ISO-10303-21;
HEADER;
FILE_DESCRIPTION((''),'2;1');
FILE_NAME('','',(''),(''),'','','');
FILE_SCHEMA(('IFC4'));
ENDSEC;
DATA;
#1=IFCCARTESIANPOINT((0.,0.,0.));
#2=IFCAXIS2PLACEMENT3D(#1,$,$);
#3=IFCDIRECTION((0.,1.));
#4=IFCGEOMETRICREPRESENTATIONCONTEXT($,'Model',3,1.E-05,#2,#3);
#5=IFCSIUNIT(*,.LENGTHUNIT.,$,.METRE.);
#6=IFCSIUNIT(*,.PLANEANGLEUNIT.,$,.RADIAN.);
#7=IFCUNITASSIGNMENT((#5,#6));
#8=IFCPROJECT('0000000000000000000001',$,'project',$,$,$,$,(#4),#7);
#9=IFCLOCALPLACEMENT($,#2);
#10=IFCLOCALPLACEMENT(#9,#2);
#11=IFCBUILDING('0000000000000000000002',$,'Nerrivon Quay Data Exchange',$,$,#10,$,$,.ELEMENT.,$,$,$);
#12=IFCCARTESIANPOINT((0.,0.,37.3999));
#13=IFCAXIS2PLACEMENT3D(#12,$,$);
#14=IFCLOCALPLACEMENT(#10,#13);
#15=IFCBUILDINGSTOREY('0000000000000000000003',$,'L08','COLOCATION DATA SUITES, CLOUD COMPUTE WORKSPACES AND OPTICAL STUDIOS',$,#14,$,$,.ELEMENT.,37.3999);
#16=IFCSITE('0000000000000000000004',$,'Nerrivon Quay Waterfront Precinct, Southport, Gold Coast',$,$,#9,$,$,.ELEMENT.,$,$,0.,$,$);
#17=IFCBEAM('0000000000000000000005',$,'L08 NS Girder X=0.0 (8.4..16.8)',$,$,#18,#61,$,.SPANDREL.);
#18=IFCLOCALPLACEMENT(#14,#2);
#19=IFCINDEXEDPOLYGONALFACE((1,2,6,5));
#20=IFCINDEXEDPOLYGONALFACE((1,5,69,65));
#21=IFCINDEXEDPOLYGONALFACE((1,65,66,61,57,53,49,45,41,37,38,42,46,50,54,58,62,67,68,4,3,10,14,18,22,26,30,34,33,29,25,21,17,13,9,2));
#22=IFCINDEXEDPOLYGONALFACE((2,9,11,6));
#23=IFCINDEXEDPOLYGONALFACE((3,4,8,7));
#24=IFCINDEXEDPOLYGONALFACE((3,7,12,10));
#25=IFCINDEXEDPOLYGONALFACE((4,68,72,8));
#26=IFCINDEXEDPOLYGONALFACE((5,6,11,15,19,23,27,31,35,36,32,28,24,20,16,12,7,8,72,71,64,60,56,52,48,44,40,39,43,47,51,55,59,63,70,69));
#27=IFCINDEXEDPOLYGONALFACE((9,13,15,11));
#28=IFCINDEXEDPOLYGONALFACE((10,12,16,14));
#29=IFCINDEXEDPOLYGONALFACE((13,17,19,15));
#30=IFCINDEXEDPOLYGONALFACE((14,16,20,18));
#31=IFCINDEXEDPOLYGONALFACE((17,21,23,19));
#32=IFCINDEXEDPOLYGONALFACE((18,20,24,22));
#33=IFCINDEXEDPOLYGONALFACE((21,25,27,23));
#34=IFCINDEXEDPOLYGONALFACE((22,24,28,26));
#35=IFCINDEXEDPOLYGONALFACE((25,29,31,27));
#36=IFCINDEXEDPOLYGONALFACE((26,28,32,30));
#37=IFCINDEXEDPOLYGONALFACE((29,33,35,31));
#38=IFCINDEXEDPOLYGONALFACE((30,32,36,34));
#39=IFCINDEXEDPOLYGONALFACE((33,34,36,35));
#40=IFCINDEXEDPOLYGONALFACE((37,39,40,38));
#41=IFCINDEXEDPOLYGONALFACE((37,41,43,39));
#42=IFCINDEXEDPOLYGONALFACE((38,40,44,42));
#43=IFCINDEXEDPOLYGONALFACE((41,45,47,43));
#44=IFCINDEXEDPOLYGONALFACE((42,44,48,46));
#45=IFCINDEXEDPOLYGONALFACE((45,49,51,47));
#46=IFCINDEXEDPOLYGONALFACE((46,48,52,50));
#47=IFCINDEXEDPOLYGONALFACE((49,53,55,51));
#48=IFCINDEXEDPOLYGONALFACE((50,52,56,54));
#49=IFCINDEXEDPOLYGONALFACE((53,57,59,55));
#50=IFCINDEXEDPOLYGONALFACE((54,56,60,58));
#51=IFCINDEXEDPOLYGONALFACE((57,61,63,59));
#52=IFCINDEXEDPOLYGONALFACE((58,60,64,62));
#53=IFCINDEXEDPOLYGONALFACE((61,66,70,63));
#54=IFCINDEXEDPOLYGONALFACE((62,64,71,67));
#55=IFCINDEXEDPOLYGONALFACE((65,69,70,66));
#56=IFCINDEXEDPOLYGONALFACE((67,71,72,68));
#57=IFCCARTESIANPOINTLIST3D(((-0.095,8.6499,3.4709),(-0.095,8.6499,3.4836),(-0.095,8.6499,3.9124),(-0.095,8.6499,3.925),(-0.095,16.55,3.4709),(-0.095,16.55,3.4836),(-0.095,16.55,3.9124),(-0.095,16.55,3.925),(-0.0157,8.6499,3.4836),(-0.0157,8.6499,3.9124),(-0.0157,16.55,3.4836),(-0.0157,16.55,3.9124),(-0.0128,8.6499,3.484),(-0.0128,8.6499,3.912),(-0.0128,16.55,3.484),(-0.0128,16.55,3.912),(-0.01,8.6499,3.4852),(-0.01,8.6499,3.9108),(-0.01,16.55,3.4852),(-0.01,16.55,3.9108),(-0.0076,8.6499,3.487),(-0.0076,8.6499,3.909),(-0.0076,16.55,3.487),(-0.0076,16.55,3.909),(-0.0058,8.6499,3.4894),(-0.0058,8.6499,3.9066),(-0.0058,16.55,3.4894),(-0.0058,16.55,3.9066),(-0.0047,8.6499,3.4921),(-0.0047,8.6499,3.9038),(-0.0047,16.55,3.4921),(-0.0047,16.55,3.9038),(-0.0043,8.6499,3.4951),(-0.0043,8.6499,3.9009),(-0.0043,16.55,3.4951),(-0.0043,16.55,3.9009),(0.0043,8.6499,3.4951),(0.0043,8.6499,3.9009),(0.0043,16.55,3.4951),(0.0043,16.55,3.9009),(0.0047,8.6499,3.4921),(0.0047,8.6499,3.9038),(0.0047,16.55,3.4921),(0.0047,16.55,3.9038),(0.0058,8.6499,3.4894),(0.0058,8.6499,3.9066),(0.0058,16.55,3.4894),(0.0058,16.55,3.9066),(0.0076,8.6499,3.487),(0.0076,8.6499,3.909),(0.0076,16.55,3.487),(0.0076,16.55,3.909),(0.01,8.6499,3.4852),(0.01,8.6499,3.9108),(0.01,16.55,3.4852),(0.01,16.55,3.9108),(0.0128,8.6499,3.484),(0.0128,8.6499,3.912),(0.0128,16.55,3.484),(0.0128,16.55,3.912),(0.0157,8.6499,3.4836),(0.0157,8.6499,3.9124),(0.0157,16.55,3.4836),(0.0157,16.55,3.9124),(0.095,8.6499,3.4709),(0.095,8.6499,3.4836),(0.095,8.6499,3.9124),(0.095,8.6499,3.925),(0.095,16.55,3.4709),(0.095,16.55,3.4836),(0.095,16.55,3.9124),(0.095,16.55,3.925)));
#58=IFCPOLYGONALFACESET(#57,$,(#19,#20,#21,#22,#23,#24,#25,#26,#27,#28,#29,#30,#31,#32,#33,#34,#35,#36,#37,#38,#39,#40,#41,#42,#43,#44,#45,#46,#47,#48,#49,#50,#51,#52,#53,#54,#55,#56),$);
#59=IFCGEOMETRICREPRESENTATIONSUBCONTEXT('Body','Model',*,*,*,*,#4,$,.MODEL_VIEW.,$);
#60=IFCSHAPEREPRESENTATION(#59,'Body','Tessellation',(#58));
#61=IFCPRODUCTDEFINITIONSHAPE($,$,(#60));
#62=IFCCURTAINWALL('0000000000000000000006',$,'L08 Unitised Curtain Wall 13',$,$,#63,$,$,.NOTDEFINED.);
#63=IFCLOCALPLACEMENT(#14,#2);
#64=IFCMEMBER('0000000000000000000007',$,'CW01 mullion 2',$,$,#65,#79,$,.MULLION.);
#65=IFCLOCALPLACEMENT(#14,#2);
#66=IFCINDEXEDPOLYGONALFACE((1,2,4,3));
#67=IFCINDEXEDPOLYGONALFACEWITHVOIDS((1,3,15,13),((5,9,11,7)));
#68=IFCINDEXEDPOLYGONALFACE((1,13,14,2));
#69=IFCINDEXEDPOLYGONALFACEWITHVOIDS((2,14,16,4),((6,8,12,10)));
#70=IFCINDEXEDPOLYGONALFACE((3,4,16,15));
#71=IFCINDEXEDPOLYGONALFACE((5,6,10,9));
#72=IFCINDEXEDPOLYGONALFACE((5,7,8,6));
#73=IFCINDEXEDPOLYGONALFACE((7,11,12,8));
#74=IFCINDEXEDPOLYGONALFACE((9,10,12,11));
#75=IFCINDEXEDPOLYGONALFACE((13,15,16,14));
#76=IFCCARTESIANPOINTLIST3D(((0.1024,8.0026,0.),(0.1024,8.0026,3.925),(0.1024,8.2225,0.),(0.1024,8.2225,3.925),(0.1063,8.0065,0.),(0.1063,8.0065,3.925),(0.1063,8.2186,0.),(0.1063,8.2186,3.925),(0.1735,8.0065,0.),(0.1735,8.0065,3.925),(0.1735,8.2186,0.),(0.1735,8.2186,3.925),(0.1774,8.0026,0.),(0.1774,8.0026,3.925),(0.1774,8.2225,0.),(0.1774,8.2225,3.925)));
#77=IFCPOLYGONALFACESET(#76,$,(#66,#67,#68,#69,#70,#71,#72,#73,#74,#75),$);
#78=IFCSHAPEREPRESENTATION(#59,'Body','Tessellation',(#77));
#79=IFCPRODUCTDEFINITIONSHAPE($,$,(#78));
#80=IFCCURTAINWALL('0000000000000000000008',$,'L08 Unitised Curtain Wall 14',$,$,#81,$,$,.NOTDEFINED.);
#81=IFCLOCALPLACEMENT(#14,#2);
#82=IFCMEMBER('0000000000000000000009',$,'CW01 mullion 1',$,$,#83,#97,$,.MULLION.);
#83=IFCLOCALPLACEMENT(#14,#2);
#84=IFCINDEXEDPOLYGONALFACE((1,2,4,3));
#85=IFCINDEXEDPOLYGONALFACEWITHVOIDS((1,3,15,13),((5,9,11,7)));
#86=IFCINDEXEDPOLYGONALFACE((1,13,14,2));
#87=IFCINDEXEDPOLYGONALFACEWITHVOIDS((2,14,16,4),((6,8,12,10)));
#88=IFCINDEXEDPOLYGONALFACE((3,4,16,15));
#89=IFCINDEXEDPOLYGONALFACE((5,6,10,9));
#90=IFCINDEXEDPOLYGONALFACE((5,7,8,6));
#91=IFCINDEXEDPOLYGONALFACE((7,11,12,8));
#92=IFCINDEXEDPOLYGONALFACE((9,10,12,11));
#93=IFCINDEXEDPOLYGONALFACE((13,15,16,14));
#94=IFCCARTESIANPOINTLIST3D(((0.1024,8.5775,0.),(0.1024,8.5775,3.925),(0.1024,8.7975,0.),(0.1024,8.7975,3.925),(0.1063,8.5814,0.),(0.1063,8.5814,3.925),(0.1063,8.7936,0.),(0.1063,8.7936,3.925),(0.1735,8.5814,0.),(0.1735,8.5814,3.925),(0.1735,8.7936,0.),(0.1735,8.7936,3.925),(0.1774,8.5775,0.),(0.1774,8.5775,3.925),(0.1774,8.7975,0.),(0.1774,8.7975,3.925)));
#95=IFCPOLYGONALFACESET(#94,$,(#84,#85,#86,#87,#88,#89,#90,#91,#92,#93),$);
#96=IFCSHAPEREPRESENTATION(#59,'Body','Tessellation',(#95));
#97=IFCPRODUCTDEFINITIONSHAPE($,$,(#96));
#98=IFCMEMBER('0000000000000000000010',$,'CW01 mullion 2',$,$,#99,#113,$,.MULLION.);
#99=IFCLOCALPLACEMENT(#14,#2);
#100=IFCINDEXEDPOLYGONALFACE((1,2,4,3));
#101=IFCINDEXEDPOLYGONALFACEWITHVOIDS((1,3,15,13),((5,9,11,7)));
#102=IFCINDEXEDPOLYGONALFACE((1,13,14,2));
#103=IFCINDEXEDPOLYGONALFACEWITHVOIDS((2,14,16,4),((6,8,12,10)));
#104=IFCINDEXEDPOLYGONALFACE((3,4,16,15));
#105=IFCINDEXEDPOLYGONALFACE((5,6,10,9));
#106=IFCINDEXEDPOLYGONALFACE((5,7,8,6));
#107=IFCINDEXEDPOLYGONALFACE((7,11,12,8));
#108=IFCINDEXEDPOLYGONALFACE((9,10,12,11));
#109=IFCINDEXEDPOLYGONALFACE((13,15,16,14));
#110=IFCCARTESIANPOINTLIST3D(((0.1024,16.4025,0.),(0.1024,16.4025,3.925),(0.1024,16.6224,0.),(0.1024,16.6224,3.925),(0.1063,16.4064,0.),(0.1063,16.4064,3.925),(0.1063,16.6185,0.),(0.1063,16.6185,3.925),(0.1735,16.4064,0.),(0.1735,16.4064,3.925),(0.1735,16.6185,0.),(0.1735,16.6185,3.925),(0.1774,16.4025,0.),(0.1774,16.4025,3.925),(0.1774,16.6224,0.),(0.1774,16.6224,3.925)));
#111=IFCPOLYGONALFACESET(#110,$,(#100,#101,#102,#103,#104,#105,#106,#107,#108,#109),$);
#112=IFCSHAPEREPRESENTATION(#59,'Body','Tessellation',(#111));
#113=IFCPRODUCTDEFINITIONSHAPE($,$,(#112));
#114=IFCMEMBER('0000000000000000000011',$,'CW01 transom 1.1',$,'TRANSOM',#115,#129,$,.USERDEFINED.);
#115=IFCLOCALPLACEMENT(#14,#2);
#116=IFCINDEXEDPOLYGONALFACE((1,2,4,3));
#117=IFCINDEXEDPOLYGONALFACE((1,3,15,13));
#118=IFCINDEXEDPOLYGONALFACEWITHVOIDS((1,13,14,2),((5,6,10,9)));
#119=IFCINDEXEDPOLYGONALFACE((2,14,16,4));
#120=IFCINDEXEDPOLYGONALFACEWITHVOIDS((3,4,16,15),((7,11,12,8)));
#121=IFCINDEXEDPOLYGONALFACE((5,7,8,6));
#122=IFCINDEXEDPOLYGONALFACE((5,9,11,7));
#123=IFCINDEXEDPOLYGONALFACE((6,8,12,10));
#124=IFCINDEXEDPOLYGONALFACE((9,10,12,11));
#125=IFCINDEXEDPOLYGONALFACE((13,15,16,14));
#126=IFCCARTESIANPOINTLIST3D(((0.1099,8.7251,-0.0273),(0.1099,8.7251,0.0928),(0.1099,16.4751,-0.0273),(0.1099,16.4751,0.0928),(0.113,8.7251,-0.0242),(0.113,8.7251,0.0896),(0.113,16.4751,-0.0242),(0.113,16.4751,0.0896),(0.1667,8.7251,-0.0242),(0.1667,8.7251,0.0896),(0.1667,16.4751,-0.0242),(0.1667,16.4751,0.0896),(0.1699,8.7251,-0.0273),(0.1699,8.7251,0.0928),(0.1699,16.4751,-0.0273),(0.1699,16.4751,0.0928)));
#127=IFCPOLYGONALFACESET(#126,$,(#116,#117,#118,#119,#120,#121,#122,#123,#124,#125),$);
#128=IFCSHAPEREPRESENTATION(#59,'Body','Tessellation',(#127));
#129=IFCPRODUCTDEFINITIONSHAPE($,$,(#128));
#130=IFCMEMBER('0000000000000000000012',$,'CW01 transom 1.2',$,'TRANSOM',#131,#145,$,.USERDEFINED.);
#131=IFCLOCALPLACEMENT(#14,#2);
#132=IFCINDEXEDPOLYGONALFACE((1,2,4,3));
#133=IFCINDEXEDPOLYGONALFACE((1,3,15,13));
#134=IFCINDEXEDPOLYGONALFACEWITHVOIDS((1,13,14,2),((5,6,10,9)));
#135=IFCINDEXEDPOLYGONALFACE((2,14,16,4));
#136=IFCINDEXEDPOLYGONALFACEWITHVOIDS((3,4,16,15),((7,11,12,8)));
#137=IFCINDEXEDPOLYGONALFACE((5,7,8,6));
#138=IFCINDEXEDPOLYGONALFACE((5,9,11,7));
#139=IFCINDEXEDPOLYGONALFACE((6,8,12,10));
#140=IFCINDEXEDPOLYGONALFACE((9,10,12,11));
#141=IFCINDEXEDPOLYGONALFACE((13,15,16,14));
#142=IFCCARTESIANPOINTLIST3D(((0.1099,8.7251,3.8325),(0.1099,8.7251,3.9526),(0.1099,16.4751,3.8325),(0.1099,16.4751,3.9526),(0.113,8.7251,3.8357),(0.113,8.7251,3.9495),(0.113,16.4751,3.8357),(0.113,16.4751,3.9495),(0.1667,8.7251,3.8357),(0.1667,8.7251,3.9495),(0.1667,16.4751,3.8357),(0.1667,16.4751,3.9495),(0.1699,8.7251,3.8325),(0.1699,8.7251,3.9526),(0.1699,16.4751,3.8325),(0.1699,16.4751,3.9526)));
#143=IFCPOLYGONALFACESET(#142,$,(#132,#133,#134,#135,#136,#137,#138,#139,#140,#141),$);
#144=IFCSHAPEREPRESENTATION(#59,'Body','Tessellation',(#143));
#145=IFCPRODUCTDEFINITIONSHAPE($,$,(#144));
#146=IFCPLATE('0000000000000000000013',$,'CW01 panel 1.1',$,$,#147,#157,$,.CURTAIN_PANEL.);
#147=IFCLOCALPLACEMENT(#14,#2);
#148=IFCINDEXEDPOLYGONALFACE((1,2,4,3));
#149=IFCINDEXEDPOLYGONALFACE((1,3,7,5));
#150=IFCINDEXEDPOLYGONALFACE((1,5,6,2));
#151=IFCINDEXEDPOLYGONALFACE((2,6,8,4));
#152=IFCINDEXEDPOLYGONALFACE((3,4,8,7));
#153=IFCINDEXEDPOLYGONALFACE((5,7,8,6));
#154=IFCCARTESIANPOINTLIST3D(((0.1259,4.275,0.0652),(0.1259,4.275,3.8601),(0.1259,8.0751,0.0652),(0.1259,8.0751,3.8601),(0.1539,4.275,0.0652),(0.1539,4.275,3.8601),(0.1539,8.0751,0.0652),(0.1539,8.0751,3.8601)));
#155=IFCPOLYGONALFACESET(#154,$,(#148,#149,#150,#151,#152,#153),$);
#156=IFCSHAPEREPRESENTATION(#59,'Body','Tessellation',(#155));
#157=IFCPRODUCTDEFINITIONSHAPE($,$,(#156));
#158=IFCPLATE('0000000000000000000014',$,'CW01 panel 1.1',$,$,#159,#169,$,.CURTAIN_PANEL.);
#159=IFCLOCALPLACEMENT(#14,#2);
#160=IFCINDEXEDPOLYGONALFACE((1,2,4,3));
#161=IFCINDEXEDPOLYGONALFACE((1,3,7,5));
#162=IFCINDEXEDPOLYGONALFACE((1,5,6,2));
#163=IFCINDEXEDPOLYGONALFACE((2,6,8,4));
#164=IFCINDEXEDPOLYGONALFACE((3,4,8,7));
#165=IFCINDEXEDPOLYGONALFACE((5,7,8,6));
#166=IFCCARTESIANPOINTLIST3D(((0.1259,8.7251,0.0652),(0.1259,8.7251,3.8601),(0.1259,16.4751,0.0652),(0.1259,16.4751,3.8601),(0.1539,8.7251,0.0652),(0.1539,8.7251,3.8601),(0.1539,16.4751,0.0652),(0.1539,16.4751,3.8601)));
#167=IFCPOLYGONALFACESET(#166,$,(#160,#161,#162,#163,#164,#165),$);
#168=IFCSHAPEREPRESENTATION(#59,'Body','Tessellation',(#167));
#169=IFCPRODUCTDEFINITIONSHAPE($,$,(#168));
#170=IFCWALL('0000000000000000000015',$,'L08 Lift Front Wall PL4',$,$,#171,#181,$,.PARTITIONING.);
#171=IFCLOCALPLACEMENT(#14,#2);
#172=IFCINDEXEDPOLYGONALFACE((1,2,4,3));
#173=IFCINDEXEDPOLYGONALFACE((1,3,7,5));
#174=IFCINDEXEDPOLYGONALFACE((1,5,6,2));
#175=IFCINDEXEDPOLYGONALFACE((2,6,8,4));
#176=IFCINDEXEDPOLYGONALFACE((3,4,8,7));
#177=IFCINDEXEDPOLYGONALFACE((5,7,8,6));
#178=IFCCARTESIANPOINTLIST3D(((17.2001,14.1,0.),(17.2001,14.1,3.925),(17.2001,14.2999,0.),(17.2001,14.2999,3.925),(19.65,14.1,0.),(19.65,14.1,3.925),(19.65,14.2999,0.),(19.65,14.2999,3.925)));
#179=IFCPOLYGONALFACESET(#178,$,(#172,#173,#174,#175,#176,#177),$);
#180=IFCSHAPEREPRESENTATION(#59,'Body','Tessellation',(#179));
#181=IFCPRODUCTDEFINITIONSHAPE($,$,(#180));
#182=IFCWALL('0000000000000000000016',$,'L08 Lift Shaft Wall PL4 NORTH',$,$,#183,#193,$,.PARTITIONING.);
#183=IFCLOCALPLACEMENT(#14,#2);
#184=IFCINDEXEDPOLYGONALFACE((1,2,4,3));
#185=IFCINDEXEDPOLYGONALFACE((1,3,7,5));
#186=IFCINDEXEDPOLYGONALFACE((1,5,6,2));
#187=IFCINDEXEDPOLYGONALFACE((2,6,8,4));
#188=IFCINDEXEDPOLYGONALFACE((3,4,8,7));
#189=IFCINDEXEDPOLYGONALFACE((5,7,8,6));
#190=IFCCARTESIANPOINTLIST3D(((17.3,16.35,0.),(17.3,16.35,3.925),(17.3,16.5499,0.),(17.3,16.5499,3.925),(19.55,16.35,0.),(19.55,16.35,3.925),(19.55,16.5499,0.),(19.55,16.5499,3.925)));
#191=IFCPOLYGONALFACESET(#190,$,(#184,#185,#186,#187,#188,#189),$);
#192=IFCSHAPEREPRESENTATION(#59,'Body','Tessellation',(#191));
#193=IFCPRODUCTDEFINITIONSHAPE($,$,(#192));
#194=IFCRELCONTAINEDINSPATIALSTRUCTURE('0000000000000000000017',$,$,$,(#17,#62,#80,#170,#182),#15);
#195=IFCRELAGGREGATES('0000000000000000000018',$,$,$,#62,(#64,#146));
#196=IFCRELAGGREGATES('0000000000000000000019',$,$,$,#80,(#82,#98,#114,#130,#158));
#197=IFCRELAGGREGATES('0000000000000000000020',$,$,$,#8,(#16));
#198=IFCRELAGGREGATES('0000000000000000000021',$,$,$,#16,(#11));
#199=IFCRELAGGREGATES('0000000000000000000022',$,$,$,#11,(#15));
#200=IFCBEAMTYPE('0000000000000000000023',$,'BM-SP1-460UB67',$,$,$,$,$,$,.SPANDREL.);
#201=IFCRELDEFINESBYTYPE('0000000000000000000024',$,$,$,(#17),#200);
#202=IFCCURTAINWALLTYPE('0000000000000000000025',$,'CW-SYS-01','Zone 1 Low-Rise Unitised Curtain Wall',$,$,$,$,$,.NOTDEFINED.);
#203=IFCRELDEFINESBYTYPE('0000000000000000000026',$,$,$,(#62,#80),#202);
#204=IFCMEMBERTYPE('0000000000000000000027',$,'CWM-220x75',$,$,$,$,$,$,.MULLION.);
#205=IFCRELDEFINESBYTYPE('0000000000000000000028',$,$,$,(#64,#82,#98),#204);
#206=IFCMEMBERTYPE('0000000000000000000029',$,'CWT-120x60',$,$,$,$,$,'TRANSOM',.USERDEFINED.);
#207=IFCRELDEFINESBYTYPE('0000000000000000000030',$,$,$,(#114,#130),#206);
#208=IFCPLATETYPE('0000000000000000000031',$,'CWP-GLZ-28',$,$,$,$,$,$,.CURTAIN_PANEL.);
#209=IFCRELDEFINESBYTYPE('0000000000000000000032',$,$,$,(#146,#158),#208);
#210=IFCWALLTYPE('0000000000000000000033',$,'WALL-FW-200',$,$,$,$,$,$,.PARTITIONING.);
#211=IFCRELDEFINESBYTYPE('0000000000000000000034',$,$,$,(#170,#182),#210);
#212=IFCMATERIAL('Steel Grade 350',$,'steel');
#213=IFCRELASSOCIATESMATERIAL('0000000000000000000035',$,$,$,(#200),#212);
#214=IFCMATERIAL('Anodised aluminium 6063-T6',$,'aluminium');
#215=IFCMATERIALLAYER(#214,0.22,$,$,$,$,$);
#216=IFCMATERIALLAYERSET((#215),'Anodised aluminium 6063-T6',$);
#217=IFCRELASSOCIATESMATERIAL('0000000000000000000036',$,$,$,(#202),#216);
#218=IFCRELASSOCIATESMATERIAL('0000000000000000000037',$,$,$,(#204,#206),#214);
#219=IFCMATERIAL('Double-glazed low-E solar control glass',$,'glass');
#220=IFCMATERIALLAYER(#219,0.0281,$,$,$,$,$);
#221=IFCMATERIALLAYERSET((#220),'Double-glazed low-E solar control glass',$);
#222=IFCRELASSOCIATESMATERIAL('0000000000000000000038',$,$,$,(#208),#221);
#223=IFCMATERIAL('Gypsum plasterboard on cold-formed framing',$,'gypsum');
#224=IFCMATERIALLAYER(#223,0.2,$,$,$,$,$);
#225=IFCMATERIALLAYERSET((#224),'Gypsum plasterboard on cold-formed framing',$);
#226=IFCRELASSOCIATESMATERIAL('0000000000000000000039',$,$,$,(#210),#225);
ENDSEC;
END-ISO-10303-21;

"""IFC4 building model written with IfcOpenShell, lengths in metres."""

from ifc_helpers import new_model, si_unit, direction, frame, frame_2d, origin, origin_2d, place, context, subcontext, project, spatial, rectangle, hollow_rectangle, i_section, extrude, material, layer, layer_set, material_profile, profile_set, type_object, element, aggregate, save


model = new_model("IFC4")

# Units and contexts
model_context = context("Model", 3, precision=1e-05, world=origin(), true_north=direction((0.0, 1.0)))
body_context = subcontext(model_context, "Body", "Model", "MODEL_VIEW")
ifc_project = project(units=[si_unit("LENGTHUNIT", "METRE"), si_unit("PLANEANGLEUNIT", "RADIAN")], contexts=[model_context])

# Site, building, storey
site_placement = place(None, origin())
site = spatial("IfcSite", under=ifc_project, at=site_placement, Name="Nerrivon Quay Waterfront Precinct, Southport, Gold Coast", CompositionType="ELEMENT", RefElevation=0.0)
building_placement = place(site_placement, origin())
building = spatial("IfcBuilding", under=site, at=building_placement, Name="Nerrivon Quay Data Exchange", CompositionType="ELEMENT")
storey_placement = place(building_placement, frame((0.0, 0.0, 37.3999)))
storey = spatial("IfcBuildingStorey", under=building, at=storey_placement, Name="L08", Description="COLOCATION DATA SUITES, CLOUD COMPUTE WORKSPACES AND OPTICAL STUDIOS", CompositionType="ELEMENT", Elevation=37.3999)

# Shared definitions
ifc_material_1 = material(Name="Steel Grade 350", Category="steel")

# Beam
ifc_material_profile_1 = material_profile(ifc_material_1, i_section(OverallWidth=0.1899, OverallDepth=0.4541, WebThickness=0.0085, FlangeThickness=0.0127, FilletRadius=0.0115, at=origin_2d()), Name="460UB67.1")
ifc_profile_set_1 = profile_set([ifc_material_profile_1], Name="Steel Grade 350")
beam_type_1 = type_object("IfcBeamType", Name="BM-SP1-460UB67", PredefinedType="SPANDREL", material=ifc_profile_set_1)
beam_1_placement = place(storey_placement, frame((0.0, 8.6499, 3.698), z_axis=(0.0, 1.0, 0.0), x_axis=(-1.0, 0.0, 0.0)))
element("IfcBeam", 1, at=beam_1_placement, inside=storey, type_object=beam_type_1, Name="L08 NS Girder X=0.0 (8.4..16.8)", PredefinedType="SPANDREL", context=body_context, shape_type="SweptSolid", body=[
    extrude(i_section(OverallWidth=0.1899, OverallDepth=0.4541, WebThickness=0.0085, FlangeThickness=0.0127, FilletRadius=0.0115, at=origin_2d()), origin(), (0.0, 0.0, 1.0), 7.9001),
])

# Curtain wall, member
ifc_material_2 = material(Name="Anodised aluminium 6063-T6", Category="aluminium")
ifc_layer_1 = layer(ifc_material_2, 0.22)
ifc_layer_set_1 = layer_set([ifc_layer_1], Name="Anodised aluminium 6063-T6")
curtain_wall_type = type_object("IfcCurtainWallType", Name="CW-SYS-01", Description="Zone 1 Low-Rise Unitised Curtain Wall", PredefinedType="NOTDEFINED", material=ifc_layer_set_1)
curtain_wall_1_placement = place(storey_placement, origin())
curtain_wall_1 = element("IfcCurtainWall", 2, at=curtain_wall_1_placement, inside=storey, type_object=curtain_wall_type, Name="L08 Unitised Curtain Wall 13", PredefinedType="NOTDEFINED")
ifc_material_profile_2 = material_profile(ifc_material_2, hollow_rectangle(XDim=0.075, YDim=0.22, WallThickness=0.0039, at=origin_2d()), Name="ALU-MULL-220x75")
ifc_profile_set_2 = profile_set([ifc_material_profile_2], Name="Anodised aluminium 6063-T6")
member_type_1 = type_object("IfcMemberType", Name="CWM-220x75", PredefinedType="MULLION", material=ifc_profile_set_2)
member_1_placement = place(storey_placement, frame((0.1399, 8.1125, 0.0), z_axis=(0.0, 0.0, 1.0), x_axis=(-1.0, 0.0, 0.0)))
member_1 = element("IfcMember", 3, at=member_1_placement, type_object=member_type_1, Name="CW01 mullion 2", PredefinedType="MULLION", context=body_context, shape_type="SweptSolid", body=[
    extrude(hollow_rectangle(XDim=0.075, YDim=0.22, WallThickness=0.0039, at=origin_2d()), origin(), (0.0, 0.0, 1.0), 3.925),
])

# Curtain wall, members
curtain_wall_2_placement = place(storey_placement, origin())
curtain_wall_2 = element("IfcCurtainWall", 4, at=curtain_wall_2_placement, inside=storey, type_object=curtain_wall_type, Name="L08 Unitised Curtain Wall 14", PredefinedType="NOTDEFINED")
member_2_placement = place(storey_placement, frame((0.1399, 8.6875, 0.0), z_axis=(0.0, 0.0, 1.0), x_axis=(-1.0, 0.0, 0.0)))
member_2 = element("IfcMember", 5, at=member_2_placement, type_object=member_type_1, Name="CW01 mullion 1", PredefinedType="MULLION", context=body_context, shape_type="SweptSolid", body=[
    extrude(hollow_rectangle(XDim=0.075, YDim=0.22, WallThickness=0.0039, at=origin_2d()), origin(), (0.0, 0.0, 1.0), 3.925),
])
member_3_placement = place(storey_placement, frame((0.1399, 16.5125, 0.0), z_axis=(0.0, 0.0, 1.0), x_axis=(-1.0, 0.0, 0.0)))
member_3 = element("IfcMember", 6, at=member_3_placement, type_object=member_type_1, Name="CW01 mullion 2", PredefinedType="MULLION", context=body_context, shape_type="SweptSolid", body=[
    extrude(hollow_rectangle(XDim=0.075, YDim=0.22, WallThickness=0.0039, at=origin_2d()), origin(), (0.0, 0.0, 1.0), 3.925),
])
ifc_material_profile_3 = material_profile(ifc_material_2, hollow_rectangle(XDim=0.0601, YDim=0.1201, WallThickness=0.0032, at=origin_2d()), Name="ALU-TRAN-120x60")
ifc_profile_set_3 = profile_set([ifc_material_profile_3], Name="Anodised aluminium 6063-T6")
member_type_2 = type_object("IfcMemberType", Name="CWT-120x60", ElementType="TRANSOM", PredefinedType="USERDEFINED", material=ifc_profile_set_3)
member_4_placement = place(storey_placement, frame((0.1399, 8.7251, 0.0327), z_axis=(0.0, 1.0, 0.0), x_axis=(-1.0, 0.0, 0.0)))
member_4 = element("IfcMember", 7, at=member_4_placement, type_object=member_type_2, Name="CW01 transom 1.1", ObjectType="TRANSOM", PredefinedType="USERDEFINED", context=body_context, shape_type="SweptSolid", body=[
    extrude(hollow_rectangle(XDim=0.0601, YDim=0.1201, WallThickness=0.0032, at=origin_2d()), origin(), (0.0, 0.0, 1.0), 7.75),
])
member_5_placement = place(storey_placement, frame((0.1399, 8.7251, 3.8926), z_axis=(0.0, 1.0, 0.0), x_axis=(-1.0, 0.0, 0.0)))
member_5 = element("IfcMember", 8, at=member_5_placement, type_object=member_type_2, Name="CW01 transom 1.2", ObjectType="TRANSOM", PredefinedType="USERDEFINED", context=body_context, shape_type="SweptSolid", body=[
    extrude(hollow_rectangle(XDim=0.0601, YDim=0.1201, WallThickness=0.0032, at=origin_2d()), origin(), (0.0, 0.0, 1.0), 7.75),
])

# Plates
ifc_material_3 = material(Name="Double-glazed low-E solar control glass", Category="glass")
ifc_layer_2 = layer(ifc_material_3, 0.0281)
ifc_layer_set_2 = layer_set([ifc_layer_2], Name="Double-glazed low-E solar control glass")
plate_type = type_object("IfcPlateType", Name="CWP-GLZ-28", PredefinedType="CURTAIN_PANEL", material=ifc_layer_set_2)
plate_1_placement = place(storey_placement, frame((0.1399, 6.175, 0.0652), z_axis=(0.0, 0.0, 1.0), x_axis=(0.0, 1.0, 0.0)))
plate_1 = element("IfcPlate", 9, at=plate_1_placement, type_object=plate_type, Name="CW01 panel 1.1", PredefinedType="CURTAIN_PANEL", context=body_context, shape_type="SweptSolid", body=[
    extrude(rectangle(XDim=3.8, YDim=0.0281, at=origin_2d()), origin(), (0.0, 0.0, 1.0), 3.7949),
])
aggregate(curtain_wall_1, [member_1, plate_1])
plate_2_placement = place(storey_placement, frame((0.1399, 12.6001, 0.0652), z_axis=(0.0, 0.0, 1.0), x_axis=(0.0, 1.0, 0.0)))
plate_2 = element("IfcPlate", 10, at=plate_2_placement, type_object=plate_type, Name="CW01 panel 1.1", PredefinedType="CURTAIN_PANEL", context=body_context, shape_type="SweptSolid", body=[
    extrude(rectangle(XDim=7.75, YDim=0.0281, at=origin_2d()), origin(), (0.0, 0.0, 1.0), 3.7949),
])
aggregate(curtain_wall_2, [member_2, member_3, member_4, member_5, plate_2])

# Walls
ifc_material_4 = material(Name="Gypsum plasterboard on cold-formed framing", Category="gypsum")
ifc_layer_3 = layer(ifc_material_4, 0.2)
ifc_layer_set_3 = layer_set([ifc_layer_3], Name="Gypsum plasterboard on cold-formed framing")
wall_type_1 = type_object("IfcWallType", Name="WALL-FW-200", PredefinedType="PARTITIONING", material=ifc_layer_set_3)
wall_1_placement = place(storey_placement, frame((17.2, 14.2, 0.0), z_axis=(0.0, 0.0, 1.0), x_axis=(1.0, 0.0, 0.0)))
element("IfcWall", 11, at=wall_1_placement, inside=storey, type_object=wall_type_1, Name="L08 Lift Front Wall PL4", PredefinedType="PARTITIONING", context=body_context, shape_type="SweptSolid", body=[
    extrude(rectangle(XDim=2.45, YDim=0.2, at=frame_2d((1.2251, 0.0))), origin(), (0.0, 0.0, 1.0), 3.925),
])
wall_2_placement = place(storey_placement, frame((17.3, 16.45, 0.0), z_axis=(0.0, 0.0, 1.0), x_axis=(1.0, 0.0, 0.0)))
element("IfcWall", 12, at=wall_2_placement, inside=storey, type_object=wall_type_1, Name="L08 Lift Shaft Wall PL4 NORTH", PredefinedType="PARTITIONING", context=body_context, shape_type="SweptSolid", body=[
    extrude(rectangle(XDim=2.25, YDim=0.2, at=frame_2d((1.125, 0.0))), origin(), (0.0, 0.0, 1.0), 3.925),
])

save(model, "model.ifc")
